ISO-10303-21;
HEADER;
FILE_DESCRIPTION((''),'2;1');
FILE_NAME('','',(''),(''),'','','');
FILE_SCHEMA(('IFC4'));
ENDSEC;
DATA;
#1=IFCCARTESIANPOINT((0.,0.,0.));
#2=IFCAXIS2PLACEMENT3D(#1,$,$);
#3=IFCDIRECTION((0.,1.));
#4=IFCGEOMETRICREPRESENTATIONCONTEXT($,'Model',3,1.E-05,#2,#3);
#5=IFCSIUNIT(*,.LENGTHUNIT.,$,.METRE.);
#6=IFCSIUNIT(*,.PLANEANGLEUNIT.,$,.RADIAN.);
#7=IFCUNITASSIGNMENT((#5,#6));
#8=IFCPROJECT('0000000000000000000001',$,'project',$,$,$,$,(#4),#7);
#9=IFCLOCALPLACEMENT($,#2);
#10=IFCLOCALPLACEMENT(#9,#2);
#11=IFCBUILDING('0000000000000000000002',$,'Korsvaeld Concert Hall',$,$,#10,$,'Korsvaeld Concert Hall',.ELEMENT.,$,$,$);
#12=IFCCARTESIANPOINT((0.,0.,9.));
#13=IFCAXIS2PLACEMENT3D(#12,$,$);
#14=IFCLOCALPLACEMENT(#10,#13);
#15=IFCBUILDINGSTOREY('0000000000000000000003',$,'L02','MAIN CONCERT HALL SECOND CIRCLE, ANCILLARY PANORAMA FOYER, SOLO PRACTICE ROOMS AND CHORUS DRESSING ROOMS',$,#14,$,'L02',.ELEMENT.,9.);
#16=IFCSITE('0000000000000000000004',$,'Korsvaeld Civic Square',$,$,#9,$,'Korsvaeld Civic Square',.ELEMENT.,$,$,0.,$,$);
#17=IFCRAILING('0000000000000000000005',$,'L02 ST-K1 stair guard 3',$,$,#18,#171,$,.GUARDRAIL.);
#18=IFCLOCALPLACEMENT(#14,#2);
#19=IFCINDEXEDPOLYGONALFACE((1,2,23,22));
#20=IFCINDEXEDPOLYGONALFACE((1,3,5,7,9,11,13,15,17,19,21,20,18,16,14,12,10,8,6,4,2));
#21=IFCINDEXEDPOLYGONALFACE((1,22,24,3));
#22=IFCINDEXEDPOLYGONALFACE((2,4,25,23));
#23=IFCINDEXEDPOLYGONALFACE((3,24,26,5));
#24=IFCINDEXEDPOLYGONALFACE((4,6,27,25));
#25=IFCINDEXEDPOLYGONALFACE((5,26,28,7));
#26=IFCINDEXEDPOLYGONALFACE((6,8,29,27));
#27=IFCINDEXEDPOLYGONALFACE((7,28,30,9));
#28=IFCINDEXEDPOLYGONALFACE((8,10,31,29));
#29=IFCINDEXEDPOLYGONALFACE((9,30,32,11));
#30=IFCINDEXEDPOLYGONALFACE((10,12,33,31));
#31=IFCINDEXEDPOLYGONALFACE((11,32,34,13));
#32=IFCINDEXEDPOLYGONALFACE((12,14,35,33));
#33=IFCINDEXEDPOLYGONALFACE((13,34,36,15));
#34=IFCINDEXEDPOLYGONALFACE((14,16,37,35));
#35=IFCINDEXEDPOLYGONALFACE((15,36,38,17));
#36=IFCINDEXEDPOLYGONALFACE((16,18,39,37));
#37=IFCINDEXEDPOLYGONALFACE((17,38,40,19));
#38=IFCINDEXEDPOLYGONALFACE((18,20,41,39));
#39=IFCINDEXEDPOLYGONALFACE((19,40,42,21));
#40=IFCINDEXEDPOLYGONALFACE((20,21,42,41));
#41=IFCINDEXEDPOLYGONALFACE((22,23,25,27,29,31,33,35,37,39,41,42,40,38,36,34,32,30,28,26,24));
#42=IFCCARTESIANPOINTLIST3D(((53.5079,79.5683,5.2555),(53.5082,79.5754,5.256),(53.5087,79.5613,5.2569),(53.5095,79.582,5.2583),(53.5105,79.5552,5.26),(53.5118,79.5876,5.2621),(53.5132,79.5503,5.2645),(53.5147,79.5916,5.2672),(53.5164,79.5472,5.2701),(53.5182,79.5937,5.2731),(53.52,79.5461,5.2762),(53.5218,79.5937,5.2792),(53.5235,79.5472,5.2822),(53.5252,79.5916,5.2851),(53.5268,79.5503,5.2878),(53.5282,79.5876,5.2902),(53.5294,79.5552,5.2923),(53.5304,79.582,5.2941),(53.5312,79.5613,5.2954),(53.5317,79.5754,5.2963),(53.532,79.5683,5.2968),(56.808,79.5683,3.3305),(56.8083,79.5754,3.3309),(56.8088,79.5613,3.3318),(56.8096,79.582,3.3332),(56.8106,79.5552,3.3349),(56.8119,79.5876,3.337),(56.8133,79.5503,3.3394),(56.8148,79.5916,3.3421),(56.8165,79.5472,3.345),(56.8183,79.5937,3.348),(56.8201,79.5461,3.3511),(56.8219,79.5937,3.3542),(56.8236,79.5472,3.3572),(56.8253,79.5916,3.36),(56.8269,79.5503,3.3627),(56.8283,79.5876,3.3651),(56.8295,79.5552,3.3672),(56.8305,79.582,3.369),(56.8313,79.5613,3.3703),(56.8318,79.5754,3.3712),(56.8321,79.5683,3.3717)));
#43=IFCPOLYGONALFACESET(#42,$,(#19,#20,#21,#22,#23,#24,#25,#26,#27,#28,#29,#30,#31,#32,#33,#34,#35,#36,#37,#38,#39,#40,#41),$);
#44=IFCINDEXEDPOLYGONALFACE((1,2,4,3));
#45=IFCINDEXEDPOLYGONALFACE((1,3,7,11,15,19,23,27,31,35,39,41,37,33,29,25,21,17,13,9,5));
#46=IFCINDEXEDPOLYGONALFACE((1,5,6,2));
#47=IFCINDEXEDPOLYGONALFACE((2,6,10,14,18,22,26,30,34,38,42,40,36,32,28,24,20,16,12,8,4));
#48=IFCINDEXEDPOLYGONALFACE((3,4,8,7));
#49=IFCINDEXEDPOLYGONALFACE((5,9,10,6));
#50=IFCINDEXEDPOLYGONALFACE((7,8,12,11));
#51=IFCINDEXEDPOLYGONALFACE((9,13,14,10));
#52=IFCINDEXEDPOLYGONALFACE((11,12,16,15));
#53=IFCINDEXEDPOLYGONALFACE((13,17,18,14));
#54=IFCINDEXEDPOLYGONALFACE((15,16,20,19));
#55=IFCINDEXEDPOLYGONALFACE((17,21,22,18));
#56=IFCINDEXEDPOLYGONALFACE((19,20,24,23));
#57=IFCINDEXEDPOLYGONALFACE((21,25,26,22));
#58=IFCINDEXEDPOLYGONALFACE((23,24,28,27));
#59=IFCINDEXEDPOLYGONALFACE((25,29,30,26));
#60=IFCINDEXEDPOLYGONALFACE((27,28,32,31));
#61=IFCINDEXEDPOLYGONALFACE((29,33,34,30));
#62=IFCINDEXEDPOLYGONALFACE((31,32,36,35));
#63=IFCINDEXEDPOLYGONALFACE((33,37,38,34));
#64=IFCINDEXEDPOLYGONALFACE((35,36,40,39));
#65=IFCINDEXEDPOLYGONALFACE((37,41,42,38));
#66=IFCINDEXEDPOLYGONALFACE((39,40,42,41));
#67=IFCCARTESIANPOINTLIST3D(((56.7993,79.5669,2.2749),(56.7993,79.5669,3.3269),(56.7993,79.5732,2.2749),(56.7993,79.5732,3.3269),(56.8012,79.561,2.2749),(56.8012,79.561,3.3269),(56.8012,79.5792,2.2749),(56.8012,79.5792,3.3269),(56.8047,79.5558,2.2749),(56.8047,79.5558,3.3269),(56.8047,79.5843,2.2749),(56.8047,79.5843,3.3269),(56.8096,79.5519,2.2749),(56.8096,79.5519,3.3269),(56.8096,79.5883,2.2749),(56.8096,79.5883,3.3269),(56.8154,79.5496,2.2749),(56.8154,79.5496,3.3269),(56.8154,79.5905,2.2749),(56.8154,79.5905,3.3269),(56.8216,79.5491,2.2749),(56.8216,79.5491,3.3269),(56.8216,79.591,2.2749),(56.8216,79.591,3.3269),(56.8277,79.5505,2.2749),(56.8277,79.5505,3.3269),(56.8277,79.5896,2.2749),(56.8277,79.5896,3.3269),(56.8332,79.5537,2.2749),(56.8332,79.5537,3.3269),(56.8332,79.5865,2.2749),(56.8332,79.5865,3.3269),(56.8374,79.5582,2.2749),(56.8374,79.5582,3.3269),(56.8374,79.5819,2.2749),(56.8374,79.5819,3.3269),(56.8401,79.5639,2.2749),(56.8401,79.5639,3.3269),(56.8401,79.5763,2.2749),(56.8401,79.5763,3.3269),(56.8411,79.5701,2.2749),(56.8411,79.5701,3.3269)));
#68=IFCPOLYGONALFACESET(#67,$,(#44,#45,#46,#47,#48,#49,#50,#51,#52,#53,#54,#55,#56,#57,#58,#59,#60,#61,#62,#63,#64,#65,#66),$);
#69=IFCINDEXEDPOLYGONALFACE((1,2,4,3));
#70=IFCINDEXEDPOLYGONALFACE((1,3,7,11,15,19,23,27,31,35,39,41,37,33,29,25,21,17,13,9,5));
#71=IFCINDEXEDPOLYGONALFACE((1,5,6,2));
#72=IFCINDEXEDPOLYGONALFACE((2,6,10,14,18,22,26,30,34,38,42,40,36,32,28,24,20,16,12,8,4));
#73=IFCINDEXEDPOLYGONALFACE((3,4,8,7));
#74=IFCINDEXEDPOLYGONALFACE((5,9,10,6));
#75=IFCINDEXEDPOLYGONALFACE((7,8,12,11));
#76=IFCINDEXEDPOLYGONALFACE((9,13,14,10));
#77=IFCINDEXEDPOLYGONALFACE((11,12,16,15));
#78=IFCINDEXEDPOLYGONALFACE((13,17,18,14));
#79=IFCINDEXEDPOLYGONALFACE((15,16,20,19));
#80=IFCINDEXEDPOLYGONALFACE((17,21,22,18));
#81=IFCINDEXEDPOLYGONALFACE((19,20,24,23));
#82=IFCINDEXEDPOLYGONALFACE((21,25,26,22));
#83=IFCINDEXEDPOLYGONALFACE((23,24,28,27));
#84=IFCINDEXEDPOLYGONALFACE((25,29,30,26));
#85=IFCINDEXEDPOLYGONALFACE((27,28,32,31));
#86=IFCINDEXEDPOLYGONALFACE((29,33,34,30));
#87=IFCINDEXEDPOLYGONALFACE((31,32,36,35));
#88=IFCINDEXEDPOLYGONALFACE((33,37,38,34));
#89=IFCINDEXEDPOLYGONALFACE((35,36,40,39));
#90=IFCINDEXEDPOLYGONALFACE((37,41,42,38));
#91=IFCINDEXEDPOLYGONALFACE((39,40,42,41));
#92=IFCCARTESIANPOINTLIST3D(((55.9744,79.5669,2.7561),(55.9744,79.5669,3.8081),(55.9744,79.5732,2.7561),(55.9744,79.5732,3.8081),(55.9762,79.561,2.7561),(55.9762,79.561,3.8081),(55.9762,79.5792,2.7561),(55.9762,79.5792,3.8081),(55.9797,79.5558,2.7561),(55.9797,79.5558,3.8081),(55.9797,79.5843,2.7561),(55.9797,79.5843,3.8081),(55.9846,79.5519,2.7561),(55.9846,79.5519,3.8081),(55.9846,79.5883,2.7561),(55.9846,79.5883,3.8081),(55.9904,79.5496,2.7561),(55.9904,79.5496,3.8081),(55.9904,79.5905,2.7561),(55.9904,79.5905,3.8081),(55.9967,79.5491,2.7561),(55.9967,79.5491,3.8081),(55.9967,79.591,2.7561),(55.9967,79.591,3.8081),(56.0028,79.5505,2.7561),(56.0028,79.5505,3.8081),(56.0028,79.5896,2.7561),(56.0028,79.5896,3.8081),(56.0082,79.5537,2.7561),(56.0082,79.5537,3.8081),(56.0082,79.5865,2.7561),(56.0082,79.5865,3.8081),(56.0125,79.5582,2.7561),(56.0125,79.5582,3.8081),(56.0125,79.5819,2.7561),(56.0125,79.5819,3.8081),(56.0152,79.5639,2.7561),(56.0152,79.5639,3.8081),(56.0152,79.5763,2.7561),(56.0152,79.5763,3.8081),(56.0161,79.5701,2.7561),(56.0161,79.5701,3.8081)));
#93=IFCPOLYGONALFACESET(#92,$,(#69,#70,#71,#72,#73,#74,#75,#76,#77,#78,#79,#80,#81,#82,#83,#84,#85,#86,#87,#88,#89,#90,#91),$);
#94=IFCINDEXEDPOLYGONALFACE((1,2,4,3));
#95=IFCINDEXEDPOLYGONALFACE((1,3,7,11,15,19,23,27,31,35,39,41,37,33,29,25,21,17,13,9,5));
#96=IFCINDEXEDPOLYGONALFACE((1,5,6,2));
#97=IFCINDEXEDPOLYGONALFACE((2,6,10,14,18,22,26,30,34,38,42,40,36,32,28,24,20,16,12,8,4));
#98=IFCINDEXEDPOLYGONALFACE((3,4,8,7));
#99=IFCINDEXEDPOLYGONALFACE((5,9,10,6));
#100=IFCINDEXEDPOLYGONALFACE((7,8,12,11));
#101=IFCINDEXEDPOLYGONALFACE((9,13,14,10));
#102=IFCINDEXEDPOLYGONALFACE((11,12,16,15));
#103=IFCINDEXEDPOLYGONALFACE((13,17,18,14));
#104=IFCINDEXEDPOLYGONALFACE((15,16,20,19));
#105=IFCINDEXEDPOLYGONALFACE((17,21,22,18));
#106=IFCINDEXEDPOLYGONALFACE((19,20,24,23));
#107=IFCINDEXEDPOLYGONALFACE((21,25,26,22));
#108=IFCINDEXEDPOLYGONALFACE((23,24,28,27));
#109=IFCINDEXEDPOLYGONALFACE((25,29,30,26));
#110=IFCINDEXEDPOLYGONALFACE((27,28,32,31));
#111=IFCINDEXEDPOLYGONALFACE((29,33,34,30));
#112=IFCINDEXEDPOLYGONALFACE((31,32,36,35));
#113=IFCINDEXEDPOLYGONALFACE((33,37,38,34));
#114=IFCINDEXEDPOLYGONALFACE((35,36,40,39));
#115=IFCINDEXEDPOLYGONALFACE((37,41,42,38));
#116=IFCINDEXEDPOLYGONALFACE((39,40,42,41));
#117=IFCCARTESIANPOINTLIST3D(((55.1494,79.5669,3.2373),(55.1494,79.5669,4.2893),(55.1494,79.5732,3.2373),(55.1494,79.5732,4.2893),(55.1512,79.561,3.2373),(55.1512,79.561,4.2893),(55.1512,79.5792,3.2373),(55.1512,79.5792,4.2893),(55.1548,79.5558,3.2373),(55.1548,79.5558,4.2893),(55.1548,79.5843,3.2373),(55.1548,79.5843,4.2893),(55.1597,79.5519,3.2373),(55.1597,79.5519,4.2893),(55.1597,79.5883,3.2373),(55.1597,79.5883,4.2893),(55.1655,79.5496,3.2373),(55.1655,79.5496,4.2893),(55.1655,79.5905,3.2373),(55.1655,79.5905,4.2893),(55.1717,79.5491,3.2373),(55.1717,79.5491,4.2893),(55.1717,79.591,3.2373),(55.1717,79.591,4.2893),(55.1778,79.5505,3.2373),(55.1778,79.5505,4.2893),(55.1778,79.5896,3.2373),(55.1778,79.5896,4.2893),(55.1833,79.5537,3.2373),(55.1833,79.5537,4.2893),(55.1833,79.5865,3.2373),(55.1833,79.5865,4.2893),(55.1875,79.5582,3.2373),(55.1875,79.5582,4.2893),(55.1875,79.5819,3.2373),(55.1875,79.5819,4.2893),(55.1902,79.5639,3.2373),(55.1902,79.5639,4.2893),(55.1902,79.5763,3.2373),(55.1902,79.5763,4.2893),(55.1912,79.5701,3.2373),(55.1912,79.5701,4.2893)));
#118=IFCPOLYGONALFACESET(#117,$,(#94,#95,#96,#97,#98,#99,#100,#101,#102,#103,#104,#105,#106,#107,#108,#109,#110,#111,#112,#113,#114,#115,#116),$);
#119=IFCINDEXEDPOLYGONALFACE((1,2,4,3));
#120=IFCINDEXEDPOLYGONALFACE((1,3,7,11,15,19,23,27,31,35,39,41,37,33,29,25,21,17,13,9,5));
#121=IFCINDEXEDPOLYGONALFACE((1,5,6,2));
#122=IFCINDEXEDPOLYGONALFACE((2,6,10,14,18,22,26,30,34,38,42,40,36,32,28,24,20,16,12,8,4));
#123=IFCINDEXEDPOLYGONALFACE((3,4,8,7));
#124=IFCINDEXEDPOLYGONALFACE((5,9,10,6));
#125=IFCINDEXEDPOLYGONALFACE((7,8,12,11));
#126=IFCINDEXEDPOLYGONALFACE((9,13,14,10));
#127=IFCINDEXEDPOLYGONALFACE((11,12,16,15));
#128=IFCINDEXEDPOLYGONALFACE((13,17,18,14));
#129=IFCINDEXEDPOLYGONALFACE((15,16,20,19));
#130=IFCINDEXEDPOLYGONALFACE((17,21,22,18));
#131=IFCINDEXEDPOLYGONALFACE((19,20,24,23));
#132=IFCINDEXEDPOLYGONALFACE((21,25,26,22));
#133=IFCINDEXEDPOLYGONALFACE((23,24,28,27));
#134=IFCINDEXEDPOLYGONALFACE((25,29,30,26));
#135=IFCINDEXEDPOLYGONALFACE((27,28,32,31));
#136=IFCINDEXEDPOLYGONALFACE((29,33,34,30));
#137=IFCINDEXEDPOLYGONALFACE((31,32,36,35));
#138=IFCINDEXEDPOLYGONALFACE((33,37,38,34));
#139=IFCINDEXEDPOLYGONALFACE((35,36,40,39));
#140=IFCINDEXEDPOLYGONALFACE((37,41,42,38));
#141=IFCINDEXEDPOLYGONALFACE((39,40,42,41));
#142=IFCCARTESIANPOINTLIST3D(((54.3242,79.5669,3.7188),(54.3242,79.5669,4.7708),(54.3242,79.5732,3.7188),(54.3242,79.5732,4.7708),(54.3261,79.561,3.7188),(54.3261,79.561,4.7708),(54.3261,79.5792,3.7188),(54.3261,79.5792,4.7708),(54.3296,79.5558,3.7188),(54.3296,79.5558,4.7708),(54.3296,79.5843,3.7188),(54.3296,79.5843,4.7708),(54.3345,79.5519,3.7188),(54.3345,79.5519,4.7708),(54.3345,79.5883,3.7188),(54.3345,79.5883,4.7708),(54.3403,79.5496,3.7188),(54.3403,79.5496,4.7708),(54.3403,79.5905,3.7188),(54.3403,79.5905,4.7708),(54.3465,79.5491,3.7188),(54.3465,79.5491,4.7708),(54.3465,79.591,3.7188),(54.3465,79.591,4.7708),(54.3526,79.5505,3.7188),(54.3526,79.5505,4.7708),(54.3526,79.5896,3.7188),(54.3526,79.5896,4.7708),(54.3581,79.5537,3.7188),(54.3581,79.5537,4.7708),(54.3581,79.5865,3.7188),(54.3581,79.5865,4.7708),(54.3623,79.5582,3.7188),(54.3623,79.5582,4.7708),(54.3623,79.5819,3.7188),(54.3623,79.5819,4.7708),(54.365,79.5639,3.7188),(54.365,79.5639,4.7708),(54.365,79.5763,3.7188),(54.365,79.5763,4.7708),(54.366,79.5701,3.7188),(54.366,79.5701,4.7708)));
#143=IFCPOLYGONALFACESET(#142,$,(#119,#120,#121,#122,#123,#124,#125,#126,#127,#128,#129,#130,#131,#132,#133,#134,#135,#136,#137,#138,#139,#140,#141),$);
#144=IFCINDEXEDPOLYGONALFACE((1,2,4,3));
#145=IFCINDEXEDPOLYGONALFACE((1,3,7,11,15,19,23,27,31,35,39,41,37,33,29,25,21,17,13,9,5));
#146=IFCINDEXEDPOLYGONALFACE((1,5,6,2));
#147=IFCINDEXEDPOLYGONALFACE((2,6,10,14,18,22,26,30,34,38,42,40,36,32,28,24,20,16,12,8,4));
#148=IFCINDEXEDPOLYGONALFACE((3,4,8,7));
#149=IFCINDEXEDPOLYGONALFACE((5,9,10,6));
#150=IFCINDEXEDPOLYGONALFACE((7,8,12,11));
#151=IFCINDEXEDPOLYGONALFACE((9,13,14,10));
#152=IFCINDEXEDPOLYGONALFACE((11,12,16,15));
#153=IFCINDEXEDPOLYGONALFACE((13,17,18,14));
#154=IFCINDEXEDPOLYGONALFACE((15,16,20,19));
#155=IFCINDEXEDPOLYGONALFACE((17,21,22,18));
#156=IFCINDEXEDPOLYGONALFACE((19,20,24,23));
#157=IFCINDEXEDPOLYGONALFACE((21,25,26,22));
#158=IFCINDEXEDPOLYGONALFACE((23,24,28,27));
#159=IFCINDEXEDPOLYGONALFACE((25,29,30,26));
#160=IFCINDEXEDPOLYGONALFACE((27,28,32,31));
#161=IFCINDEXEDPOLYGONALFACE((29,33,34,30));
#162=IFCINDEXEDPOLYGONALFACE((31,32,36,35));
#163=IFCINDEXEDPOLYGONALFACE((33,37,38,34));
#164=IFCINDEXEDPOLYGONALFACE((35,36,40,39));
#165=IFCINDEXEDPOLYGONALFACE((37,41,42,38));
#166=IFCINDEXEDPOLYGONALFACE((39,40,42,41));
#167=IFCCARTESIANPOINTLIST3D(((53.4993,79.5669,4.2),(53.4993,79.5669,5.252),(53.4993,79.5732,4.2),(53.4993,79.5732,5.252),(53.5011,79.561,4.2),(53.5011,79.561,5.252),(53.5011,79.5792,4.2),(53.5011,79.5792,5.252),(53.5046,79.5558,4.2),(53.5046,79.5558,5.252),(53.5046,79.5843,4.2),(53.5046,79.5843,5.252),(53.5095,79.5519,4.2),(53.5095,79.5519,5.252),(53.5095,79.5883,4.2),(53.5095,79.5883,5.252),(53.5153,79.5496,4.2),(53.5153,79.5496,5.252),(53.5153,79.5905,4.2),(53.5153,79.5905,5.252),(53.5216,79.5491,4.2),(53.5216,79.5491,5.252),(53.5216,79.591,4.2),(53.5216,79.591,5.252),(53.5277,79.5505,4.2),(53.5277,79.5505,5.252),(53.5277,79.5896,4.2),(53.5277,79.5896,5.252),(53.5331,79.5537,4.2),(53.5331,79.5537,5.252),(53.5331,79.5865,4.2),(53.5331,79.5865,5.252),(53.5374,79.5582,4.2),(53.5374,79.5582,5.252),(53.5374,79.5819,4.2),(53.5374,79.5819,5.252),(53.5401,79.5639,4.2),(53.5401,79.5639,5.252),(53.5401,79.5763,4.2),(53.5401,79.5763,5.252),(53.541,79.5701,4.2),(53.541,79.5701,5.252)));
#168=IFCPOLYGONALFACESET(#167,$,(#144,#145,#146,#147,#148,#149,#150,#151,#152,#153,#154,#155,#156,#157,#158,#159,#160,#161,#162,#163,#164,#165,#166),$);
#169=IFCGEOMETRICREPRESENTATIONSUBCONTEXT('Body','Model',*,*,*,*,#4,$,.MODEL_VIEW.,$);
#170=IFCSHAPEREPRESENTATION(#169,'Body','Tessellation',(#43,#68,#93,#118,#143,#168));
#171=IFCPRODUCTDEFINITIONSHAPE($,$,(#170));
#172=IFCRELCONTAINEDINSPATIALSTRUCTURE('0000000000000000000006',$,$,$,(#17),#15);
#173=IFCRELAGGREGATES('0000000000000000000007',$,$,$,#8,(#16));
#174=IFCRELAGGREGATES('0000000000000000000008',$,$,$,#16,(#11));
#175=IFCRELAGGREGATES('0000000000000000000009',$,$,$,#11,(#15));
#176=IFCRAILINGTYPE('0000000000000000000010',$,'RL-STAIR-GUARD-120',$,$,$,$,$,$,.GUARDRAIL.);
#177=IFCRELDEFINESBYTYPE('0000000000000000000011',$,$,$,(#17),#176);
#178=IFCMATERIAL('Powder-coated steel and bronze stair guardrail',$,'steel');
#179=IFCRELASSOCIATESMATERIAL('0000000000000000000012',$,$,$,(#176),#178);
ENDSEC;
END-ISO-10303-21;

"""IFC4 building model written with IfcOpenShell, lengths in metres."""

from ifc_helpers import new_model, si_unit, direction, frame, origin, origin_2d, place, context, subcontext, project, spatial, circle, extrude, material, type_object, element, save


model = new_model("IFC4")

# Units and contexts
model_context = context("Model", 3, precision=1e-05, world=origin(), true_north=direction((0.0, 1.0)))
body_context = subcontext(model_context, "Body", "Model", "MODEL_VIEW")
ifc_project = project(units=[si_unit("LENGTHUNIT", "METRE"), si_unit("PLANEANGLEUNIT", "RADIAN")], contexts=[model_context])

# Site, building, storey
site_placement = place(None, origin())
site = spatial("IfcSite", under=ifc_project, at=site_placement, Name="Korsvaeld Civic Square", LongName="Korsvaeld Civic Square", CompositionType="ELEMENT", RefElevation=0.0)
building_placement = place(site_placement, origin())
building = spatial("IfcBuilding", under=site, at=building_placement, Name="Korsvaeld Concert Hall", LongName="Korsvaeld Concert Hall", CompositionType="ELEMENT")
storey_placement = place(building_placement, frame((0.0, 0.0, 9.0)))
storey = spatial("IfcBuildingStorey", under=building, at=storey_placement, Name="L02", Description="MAIN CONCERT HALL SECOND CIRCLE, ANCILLARY PANORAMA FOYER, SOLO PRACTICE ROOMS AND CHORUS DRESSING ROOMS", LongName="L02", CompositionType="ELEMENT", Elevation=9.0)

# Railing
ifc_material_1 = material(Name="Powder-coated steel and bronze stair guardrail", Category="steel")
railing_type = type_object("IfcRailingType", Name="RL-STAIR-GUARD-120", PredefinedType="GUARDRAIL", material=ifc_material_1)
railing_1_placement = place(storey_placement, frame((56.8201, 79.5701, 2.2749)))
element("IfcRailing", 1, at=railing_1_placement, inside=storey, type_object=railing_type, Name="L02 ST-K1 stair guard 3", PredefinedType="GUARDRAIL", context=body_context, shape_type="SweptSolid", body=[
    extrude(circle(Radius=0.0239, at=origin_2d()), frame((0.0, 0.0, 1.0762), z_axis=(-0.863777, 0.0, 0.503875), x_axis=(0.0, -1.0, 0.0)), (0.0, 0.0, 1.0), 3.8206),
    extrude(circle(Radius=0.021, at=origin_2d()), origin(), (0.0, 0.0, 1.0), 1.052),
    extrude(circle(Radius=0.021, at=origin_2d()), frame((-0.825, 0.0, 0.4812)), (0.0, 0.0, 1.0), 1.052),
    extrude(circle(Radius=0.021, at=origin_2d()), frame((-1.6499, 0.0, 0.9624)), (0.0, 0.0, 1.0), 1.052),
    extrude(circle(Radius=0.021, at=origin_2d()), frame((-2.4751, 0.0, 1.4438)), (0.0, 0.0, 1.0), 1.052),
    extrude(circle(Radius=0.021, at=origin_2d()), frame((-3.3, 0.0, 1.925)), (0.0, 0.0, 1.0), 1.052),
])

save(model, "model.ifc")
